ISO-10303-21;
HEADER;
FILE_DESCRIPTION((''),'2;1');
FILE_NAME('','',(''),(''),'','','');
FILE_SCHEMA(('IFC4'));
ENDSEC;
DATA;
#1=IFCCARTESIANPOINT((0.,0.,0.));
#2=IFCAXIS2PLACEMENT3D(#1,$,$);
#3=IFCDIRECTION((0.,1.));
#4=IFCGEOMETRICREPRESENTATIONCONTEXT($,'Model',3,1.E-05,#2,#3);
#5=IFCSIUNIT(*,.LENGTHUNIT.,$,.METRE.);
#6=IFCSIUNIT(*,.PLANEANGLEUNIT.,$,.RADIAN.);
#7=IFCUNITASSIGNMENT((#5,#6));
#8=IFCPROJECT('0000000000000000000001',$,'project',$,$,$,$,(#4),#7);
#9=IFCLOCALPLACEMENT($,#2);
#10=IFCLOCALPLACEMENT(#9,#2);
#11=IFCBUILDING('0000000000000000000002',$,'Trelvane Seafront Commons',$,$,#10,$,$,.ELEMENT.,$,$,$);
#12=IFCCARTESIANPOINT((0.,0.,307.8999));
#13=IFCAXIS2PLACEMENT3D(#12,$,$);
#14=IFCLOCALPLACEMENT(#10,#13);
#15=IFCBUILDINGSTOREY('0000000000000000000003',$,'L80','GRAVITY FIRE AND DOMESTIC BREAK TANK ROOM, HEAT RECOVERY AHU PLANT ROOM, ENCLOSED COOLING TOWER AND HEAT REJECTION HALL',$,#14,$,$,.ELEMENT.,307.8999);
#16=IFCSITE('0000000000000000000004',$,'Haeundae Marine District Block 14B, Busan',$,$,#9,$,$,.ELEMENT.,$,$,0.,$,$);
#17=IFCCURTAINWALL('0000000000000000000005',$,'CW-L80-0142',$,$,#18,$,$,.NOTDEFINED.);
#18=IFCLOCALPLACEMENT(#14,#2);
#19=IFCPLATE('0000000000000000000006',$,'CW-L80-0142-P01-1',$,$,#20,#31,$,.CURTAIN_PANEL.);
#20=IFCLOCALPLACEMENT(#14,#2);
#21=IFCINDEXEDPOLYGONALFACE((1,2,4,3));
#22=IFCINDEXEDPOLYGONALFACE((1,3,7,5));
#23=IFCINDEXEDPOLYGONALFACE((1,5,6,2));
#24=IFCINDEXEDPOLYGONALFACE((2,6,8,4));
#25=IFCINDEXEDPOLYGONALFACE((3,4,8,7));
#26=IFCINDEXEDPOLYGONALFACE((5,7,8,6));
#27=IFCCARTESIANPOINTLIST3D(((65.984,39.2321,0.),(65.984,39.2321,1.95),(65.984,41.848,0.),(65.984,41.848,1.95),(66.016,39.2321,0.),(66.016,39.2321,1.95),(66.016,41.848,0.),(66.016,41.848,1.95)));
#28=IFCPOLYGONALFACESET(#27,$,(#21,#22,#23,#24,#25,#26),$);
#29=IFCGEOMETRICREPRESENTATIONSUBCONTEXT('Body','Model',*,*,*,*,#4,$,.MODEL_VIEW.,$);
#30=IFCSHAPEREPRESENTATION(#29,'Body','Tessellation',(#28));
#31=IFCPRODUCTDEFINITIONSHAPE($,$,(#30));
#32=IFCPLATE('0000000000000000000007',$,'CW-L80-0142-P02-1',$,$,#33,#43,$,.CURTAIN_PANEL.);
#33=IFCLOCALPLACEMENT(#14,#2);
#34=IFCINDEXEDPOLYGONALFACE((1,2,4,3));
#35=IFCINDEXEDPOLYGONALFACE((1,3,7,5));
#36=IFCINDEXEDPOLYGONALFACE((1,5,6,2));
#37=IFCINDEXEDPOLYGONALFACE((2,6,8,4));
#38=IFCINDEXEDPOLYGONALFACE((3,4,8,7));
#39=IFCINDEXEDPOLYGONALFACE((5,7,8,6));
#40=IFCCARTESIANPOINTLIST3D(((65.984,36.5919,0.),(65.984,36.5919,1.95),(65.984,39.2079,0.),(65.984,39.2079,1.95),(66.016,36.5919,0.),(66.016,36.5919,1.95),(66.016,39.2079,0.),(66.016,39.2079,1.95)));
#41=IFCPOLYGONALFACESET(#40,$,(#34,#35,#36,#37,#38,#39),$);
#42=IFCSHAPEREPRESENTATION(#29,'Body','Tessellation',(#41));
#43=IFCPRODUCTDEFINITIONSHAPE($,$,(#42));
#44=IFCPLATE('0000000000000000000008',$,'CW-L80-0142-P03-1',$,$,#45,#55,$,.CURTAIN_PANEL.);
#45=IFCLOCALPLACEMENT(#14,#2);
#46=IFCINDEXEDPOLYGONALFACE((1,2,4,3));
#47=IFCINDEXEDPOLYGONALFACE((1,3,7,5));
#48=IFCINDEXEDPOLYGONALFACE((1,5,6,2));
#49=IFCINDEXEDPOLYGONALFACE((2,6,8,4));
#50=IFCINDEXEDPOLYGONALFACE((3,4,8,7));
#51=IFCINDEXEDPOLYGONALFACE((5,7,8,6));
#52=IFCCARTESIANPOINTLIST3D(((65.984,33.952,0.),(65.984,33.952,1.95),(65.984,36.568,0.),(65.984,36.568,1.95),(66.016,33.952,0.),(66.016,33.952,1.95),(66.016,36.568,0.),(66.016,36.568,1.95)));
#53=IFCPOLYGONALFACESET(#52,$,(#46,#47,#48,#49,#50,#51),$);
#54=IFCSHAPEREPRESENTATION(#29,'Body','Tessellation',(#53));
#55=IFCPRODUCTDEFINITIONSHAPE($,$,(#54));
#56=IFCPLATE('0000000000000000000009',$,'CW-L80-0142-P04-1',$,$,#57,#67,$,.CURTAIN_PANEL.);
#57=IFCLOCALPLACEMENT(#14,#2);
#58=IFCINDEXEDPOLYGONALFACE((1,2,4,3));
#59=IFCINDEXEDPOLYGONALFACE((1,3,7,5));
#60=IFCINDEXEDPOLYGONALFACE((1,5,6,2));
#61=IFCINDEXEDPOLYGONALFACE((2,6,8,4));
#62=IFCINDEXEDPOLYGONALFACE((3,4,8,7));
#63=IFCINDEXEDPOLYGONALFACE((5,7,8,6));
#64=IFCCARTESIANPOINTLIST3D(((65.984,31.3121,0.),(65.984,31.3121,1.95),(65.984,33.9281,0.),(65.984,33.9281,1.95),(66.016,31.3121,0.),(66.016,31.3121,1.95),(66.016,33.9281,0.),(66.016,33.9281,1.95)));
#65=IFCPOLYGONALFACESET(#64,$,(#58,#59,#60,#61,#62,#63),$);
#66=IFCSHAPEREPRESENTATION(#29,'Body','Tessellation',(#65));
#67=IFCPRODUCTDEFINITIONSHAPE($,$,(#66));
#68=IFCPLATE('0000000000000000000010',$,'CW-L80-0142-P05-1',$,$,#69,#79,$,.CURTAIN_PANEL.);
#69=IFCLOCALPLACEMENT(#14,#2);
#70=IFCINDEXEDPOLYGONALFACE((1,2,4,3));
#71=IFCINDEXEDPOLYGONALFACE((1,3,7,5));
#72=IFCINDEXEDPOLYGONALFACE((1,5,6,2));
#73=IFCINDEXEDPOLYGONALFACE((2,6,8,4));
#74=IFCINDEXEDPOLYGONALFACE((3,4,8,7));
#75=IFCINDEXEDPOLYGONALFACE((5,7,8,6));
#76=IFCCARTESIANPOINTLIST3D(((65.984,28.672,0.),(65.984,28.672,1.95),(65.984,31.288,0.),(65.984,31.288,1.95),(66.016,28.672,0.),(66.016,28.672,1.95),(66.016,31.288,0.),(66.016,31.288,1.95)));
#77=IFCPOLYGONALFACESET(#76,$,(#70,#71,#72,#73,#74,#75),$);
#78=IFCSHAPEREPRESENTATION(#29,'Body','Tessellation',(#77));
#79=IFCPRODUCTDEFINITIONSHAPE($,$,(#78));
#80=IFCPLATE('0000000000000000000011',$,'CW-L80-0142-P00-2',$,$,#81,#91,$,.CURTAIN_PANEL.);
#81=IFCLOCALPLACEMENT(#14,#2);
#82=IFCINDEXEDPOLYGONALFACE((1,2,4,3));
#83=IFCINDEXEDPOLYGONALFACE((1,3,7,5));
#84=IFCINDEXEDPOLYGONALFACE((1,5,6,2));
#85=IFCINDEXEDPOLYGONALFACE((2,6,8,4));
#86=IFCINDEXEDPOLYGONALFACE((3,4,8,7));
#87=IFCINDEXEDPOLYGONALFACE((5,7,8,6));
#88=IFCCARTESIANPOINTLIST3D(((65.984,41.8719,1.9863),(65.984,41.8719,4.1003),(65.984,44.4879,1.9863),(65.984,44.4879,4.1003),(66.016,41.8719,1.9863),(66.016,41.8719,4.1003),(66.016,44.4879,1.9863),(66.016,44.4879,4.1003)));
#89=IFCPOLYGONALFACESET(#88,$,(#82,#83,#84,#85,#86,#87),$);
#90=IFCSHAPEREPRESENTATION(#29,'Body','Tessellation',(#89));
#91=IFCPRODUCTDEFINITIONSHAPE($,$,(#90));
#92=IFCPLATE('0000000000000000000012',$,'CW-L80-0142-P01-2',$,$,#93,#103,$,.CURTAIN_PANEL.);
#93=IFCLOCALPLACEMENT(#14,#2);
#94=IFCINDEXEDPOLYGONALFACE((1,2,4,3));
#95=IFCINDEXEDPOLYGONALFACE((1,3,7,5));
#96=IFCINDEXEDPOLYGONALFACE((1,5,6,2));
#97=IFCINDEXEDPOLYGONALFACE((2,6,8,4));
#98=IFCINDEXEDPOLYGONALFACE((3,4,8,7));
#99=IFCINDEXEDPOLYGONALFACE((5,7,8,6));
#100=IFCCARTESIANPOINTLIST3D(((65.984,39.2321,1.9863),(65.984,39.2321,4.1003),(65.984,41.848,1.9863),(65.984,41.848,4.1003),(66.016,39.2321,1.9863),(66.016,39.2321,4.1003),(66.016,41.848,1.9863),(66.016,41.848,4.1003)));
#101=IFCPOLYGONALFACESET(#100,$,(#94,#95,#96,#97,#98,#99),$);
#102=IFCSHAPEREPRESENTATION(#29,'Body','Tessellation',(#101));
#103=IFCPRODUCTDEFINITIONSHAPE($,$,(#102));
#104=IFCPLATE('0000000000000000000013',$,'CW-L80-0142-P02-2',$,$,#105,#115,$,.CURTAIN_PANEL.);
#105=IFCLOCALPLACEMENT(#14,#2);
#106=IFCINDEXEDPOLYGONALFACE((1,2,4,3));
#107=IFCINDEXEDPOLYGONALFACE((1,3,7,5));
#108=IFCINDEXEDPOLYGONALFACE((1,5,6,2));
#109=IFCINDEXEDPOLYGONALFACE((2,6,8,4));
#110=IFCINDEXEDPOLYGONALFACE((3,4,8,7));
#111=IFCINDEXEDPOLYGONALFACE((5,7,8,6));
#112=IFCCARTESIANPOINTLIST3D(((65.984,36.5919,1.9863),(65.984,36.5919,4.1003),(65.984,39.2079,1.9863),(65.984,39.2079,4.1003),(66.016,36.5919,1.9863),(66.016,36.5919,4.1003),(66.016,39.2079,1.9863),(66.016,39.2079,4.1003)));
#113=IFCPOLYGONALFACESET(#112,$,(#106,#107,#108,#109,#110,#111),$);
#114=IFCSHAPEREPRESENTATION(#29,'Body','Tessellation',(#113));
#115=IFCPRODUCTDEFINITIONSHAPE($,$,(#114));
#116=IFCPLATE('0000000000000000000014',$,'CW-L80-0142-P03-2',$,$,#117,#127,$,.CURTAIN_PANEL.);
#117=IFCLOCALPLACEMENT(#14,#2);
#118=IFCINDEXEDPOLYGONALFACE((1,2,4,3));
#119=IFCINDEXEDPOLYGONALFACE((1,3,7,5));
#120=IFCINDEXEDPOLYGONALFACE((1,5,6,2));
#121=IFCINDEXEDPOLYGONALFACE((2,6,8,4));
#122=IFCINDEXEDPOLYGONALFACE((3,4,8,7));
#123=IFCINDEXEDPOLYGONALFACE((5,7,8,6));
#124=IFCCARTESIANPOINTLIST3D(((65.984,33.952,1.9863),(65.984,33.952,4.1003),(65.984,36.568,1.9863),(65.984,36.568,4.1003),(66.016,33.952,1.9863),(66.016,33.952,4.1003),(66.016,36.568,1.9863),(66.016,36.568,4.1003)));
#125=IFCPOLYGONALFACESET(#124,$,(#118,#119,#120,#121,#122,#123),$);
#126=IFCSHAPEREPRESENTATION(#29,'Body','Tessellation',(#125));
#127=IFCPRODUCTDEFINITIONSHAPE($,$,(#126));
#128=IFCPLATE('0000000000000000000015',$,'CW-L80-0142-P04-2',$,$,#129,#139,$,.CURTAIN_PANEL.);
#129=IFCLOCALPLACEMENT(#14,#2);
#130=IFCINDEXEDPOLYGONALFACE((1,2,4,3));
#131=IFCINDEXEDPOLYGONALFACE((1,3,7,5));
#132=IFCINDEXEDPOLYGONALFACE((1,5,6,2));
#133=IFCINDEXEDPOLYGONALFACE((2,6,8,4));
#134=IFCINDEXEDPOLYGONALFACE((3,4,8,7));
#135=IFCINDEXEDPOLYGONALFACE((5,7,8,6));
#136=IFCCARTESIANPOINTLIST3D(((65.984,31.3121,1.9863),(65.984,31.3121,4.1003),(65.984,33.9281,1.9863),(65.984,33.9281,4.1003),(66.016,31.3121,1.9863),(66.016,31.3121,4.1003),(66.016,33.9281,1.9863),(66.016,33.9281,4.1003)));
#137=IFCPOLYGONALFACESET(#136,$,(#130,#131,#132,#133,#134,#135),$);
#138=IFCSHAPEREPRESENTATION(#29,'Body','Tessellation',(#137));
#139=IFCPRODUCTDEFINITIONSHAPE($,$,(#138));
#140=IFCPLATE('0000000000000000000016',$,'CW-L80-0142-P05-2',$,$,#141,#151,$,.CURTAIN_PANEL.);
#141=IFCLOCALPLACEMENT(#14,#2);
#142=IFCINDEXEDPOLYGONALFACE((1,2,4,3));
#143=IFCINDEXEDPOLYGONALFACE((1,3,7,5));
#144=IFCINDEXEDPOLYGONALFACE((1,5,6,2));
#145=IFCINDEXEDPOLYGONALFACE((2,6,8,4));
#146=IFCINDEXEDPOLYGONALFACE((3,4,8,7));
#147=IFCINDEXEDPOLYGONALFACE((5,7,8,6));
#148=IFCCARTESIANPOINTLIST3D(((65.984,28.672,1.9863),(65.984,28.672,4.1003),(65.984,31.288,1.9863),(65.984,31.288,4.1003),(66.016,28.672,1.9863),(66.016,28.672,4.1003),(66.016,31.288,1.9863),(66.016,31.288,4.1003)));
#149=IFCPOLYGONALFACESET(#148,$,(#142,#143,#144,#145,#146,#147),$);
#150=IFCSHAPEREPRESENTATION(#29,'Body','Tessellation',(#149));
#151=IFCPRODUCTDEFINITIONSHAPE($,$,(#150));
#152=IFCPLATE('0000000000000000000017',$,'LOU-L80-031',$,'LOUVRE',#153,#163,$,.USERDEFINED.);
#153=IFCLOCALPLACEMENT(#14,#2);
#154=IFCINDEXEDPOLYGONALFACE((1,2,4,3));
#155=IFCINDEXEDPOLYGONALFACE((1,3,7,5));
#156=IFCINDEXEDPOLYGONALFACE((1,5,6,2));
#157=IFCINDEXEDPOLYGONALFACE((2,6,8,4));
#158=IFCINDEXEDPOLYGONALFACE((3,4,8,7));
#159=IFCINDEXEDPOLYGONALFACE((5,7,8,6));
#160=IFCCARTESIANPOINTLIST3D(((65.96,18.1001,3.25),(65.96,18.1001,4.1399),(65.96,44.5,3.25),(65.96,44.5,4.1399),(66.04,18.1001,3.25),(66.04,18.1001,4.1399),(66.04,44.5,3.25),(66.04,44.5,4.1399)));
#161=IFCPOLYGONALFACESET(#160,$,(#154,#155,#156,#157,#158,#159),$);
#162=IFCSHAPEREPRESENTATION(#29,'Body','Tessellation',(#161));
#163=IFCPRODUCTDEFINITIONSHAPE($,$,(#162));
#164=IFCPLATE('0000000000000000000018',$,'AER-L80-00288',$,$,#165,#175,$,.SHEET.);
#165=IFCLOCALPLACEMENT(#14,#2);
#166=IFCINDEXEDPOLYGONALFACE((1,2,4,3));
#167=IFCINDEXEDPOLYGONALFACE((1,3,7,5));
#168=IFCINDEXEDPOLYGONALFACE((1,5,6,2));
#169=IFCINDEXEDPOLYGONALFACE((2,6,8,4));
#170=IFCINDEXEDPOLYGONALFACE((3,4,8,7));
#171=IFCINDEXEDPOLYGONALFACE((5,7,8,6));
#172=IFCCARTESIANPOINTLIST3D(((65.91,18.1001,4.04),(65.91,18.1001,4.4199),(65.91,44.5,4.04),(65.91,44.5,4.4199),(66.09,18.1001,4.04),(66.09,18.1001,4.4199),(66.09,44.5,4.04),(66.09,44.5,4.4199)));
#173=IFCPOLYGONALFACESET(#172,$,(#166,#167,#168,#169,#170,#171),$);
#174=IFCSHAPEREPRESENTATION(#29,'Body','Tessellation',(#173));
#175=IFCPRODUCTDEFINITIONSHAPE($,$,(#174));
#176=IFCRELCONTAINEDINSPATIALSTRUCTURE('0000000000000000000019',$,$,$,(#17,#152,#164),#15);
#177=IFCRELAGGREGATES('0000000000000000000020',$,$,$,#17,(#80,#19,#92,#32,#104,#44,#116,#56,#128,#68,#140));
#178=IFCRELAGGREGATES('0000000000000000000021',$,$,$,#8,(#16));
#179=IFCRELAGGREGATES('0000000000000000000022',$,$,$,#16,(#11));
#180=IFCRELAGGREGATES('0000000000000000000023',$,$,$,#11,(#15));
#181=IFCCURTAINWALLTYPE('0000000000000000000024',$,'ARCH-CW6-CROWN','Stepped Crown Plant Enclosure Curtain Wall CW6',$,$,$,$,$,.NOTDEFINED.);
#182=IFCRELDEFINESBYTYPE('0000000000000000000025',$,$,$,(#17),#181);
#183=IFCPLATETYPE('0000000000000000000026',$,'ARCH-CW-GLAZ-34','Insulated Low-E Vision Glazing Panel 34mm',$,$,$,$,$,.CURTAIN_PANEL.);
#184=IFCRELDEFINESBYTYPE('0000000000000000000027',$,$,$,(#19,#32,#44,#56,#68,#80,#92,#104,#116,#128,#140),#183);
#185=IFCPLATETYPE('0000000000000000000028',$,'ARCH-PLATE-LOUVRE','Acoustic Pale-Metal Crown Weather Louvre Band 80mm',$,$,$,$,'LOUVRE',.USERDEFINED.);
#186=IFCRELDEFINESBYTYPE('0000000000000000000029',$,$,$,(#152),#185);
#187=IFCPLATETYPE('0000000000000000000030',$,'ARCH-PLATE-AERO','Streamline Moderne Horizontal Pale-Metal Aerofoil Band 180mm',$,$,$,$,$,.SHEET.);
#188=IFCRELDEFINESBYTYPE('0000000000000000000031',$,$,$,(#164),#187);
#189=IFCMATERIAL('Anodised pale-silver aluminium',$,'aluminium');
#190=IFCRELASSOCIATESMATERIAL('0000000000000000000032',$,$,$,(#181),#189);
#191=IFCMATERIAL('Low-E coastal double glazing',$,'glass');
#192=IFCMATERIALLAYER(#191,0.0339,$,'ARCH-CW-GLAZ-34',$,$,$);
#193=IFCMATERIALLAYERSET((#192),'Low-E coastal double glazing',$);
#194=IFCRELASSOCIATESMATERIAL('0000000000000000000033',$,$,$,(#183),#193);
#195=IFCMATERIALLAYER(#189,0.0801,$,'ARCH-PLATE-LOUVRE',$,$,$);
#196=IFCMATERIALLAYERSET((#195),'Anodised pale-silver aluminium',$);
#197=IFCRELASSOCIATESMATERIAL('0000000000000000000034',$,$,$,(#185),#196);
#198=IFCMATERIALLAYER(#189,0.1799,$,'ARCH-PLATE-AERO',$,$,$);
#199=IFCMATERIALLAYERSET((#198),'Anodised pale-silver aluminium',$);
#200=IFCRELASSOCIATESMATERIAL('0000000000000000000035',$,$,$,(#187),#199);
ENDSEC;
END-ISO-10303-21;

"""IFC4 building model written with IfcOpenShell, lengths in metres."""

from ifc_helpers import new_model, si_unit, direction, frame, origin, origin_2d, place, context, subcontext, project, spatial, rectangle, extrude, source, transform, mapped, material, layer, layer_set, type_object, element, aggregate, save


model = new_model("IFC4")

# Units and contexts
model_context = context("Model", 3, precision=1e-05, world=origin(), true_north=direction((0.0, 1.0)))
body_context = subcontext(model_context, "Body", "Model", "MODEL_VIEW")
ifc_project = project(units=[si_unit("LENGTHUNIT", "METRE"), si_unit("PLANEANGLEUNIT", "RADIAN")], contexts=[model_context])

# Site, building, storey
site_placement = place(None, origin())
site = spatial("IfcSite", under=ifc_project, at=site_placement, Name="Haeundae Marine District Block 14B, Busan", CompositionType="ELEMENT", RefElevation=0.0)
building_placement = place(site_placement, origin())
building = spatial("IfcBuilding", under=site, at=building_placement, Name="Trelvane Seafront Commons", CompositionType="ELEMENT")
storey_placement = place(building_placement, frame((0.0, 0.0, 307.8999)))
storey = spatial("IfcBuildingStorey", under=building, at=storey_placement, Name="L80", Description="GRAVITY FIRE AND DOMESTIC BREAK TANK ROOM, HEAT RECOVERY AHU PLANT ROOM, ENCLOSED COOLING TOWER AND HEAT REJECTION HALL", CompositionType="ELEMENT", Elevation=307.8999)

# Curtain wall
ifc_material_1 = material(Name="Anodised pale-silver aluminium", Category="aluminium")
curtain_wall_type = type_object("IfcCurtainWallType", Name="ARCH-CW6-CROWN", Description="Stepped Crown Plant Enclosure Curtain Wall CW6", PredefinedType="NOTDEFINED", material=ifc_material_1)
curtain_wall_placement = place(storey_placement, origin())
curtain_wall = element("IfcCurtainWall", 1, at=curtain_wall_placement, inside=storey, type_object=curtain_wall_type, Name="CW-L80-0142", PredefinedType="NOTDEFINED")

# Plates
ifc_material_2 = material(Name="Low-E coastal double glazing", Category="glass")
ifc_layer_1 = layer(ifc_material_2, 0.0339, Name="ARCH-CW-GLAZ-34")
ifc_layer_set_1 = layer_set([ifc_layer_1], Name="Low-E coastal double glazing")
plate_type_1 = type_object("IfcPlateType", Name="ARCH-CW-GLAZ-34", Description="Insulated Low-E Vision Glazing Panel 34mm", PredefinedType="CURTAIN_PANEL", material=ifc_layer_set_1)
shared_shape_1 = source(origin(), body_context, "Body", "SweptSolid", [
    extrude(rectangle(XDim=2.616, YDim=0.032, at=origin_2d()), origin(), (0.0, 0.0, 1.0), 1.95),
])
plate_1_placement = place(storey_placement, frame((66.0, 40.54, 0.0), z_axis=(0.0, 0.0, 1.0), x_axis=(0.0, -1.0, 0.0)))
plate_1 = element("IfcPlate", 2, at=plate_1_placement, type_object=plate_type_1, Name="CW-L80-0142-P01-1", PredefinedType="CURTAIN_PANEL", context=body_context, shape_type="MappedRepresentation", body=[
    mapped(shared_shape_1, transform((0.0, 0.0, 0.0), x_axis=(1.0, 0.0, 0.0), y_axis=(0.0, 1.0, 0.0), z_axis=(0.0, 0.0, 1.0), scale=1.0)),
])
plate_2_placement = place(storey_placement, frame((66.0, 37.8999, 0.0), z_axis=(0.0, 0.0, 1.0), x_axis=(0.0, -1.0, 0.0)))
plate_2 = element("IfcPlate", 3, at=plate_2_placement, type_object=plate_type_1, Name="CW-L80-0142-P02-1", PredefinedType="CURTAIN_PANEL", context=body_context, shape_type="MappedRepresentation", body=[
    mapped(shared_shape_1, transform((0.0, 0.0, 0.0), x_axis=(1.0, 0.0, 0.0), y_axis=(0.0, 1.0, 0.0), z_axis=(0.0, 0.0, 1.0), scale=1.0)),
])
plate_3_placement = place(storey_placement, frame((66.0, 35.26, 0.0), z_axis=(0.0, 0.0, 1.0), x_axis=(0.0, -1.0, 0.0)))
plate_3 = element("IfcPlate", 4, at=plate_3_placement, type_object=plate_type_1, Name="CW-L80-0142-P03-1", PredefinedType="CURTAIN_PANEL", context=body_context, shape_type="MappedRepresentation", body=[
    mapped(shared_shape_1, transform((0.0, 0.0, 0.0), x_axis=(1.0, 0.0, 0.0), y_axis=(0.0, 1.0, 0.0), z_axis=(0.0, 0.0, 1.0), scale=1.0)),
])
plate_4_placement = place(storey_placement, frame((66.0, 32.6201, 0.0), z_axis=(0.0, 0.0, 1.0), x_axis=(0.0, -1.0, 0.0)))
plate_4 = element("IfcPlate", 5, at=plate_4_placement, type_object=plate_type_1, Name="CW-L80-0142-P04-1", PredefinedType="CURTAIN_PANEL", context=body_context, shape_type="MappedRepresentation", body=[
    mapped(shared_shape_1, transform((0.0, 0.0, 0.0), x_axis=(1.0, 0.0, 0.0), y_axis=(0.0, 1.0, 0.0), z_axis=(0.0, 0.0, 1.0), scale=1.0)),
])
plate_5_placement = place(storey_placement, frame((66.0, 29.98, 0.0), z_axis=(0.0, 0.0, 1.0), x_axis=(0.0, -1.0, 0.0)))
plate_5 = element("IfcPlate", 6, at=plate_5_placement, type_object=plate_type_1, Name="CW-L80-0142-P05-1", PredefinedType="CURTAIN_PANEL", context=body_context, shape_type="MappedRepresentation", body=[
    mapped(shared_shape_1, transform((0.0, 0.0, 0.0), x_axis=(1.0, 0.0, 0.0), y_axis=(0.0, 1.0, 0.0), z_axis=(0.0, 0.0, 1.0), scale=1.0)),
])
shared_shape_2 = source(origin(), body_context, "Body", "SweptSolid", [
    extrude(rectangle(XDim=2.616, YDim=0.032, at=origin_2d()), origin(), (0.0, 0.0, 1.0), 2.114),
])
plate_6_placement = place(storey_placement, frame((66.0, 43.1799, 1.9863), z_axis=(0.0, 0.0, 1.0), x_axis=(0.0, -1.0, 0.0)))
plate_6 = element("IfcPlate", 7, at=plate_6_placement, type_object=plate_type_1, Name="CW-L80-0142-P00-2", PredefinedType="CURTAIN_PANEL", context=body_context, shape_type="MappedRepresentation", body=[
    mapped(shared_shape_2, transform((0.0, 0.0, 0.0), x_axis=(1.0, 0.0, 0.0), y_axis=(0.0, 1.0, 0.0), z_axis=(0.0, 0.0, 1.0), scale=1.0)),
])
plate_7_placement = place(storey_placement, frame((66.0, 40.54, 1.9863), z_axis=(0.0, 0.0, 1.0), x_axis=(0.0, -1.0, 0.0)))
plate_7 = element("IfcPlate", 8, at=plate_7_placement, type_object=plate_type_1, Name="CW-L80-0142-P01-2", PredefinedType="CURTAIN_PANEL", context=body_context, shape_type="MappedRepresentation", body=[
    mapped(shared_shape_2, transform((0.0, 0.0, 0.0), x_axis=(1.0, 0.0, 0.0), y_axis=(0.0, 1.0, 0.0), z_axis=(0.0, 0.0, 1.0), scale=1.0)),
])
plate_8_placement = place(storey_placement, frame((66.0, 37.8999, 1.9863), z_axis=(0.0, 0.0, 1.0), x_axis=(0.0, -1.0, 0.0)))
plate_8 = element("IfcPlate", 9, at=plate_8_placement, type_object=plate_type_1, Name="CW-L80-0142-P02-2", PredefinedType="CURTAIN_PANEL", context=body_context, shape_type="MappedRepresentation", body=[
    mapped(shared_shape_2, transform((0.0, 0.0, 0.0), x_axis=(1.0, 0.0, 0.0), y_axis=(0.0, 1.0, 0.0), z_axis=(0.0, 0.0, 1.0), scale=1.0)),
])
plate_9_placement = place(storey_placement, frame((66.0, 35.26, 1.9863), z_axis=(0.0, 0.0, 1.0), x_axis=(0.0, -1.0, 0.0)))
plate_9 = element("IfcPlate", 10, at=plate_9_placement, type_object=plate_type_1, Name="CW-L80-0142-P03-2", PredefinedType="CURTAIN_PANEL", context=body_context, shape_type="MappedRepresentation", body=[
    mapped(shared_shape_2, transform((0.0, 0.0, 0.0), x_axis=(1.0, 0.0, 0.0), y_axis=(0.0, 1.0, 0.0), z_axis=(0.0, 0.0, 1.0), scale=1.0)),
])
plate_10_placement = place(storey_placement, frame((66.0, 32.6201, 1.9863), z_axis=(0.0, 0.0, 1.0), x_axis=(0.0, -1.0, 0.0)))
plate_10 = element("IfcPlate", 11, at=plate_10_placement, type_object=plate_type_1, Name="CW-L80-0142-P04-2", PredefinedType="CURTAIN_PANEL", context=body_context, shape_type="MappedRepresentation", body=[
    mapped(shared_shape_2, transform((0.0, 0.0, 0.0), x_axis=(1.0, 0.0, 0.0), y_axis=(0.0, 1.0, 0.0), z_axis=(0.0, 0.0, 1.0), scale=1.0)),
])
plate_11_placement = place(storey_placement, frame((66.0, 29.98, 1.9863), z_axis=(0.0, 0.0, 1.0), x_axis=(0.0, -1.0, 0.0)))
plate_11 = element("IfcPlate", 12, at=plate_11_placement, type_object=plate_type_1, Name="CW-L80-0142-P05-2", PredefinedType="CURTAIN_PANEL", context=body_context, shape_type="MappedRepresentation", body=[
    mapped(shared_shape_2, transform((0.0, 0.0, 0.0), x_axis=(1.0, 0.0, 0.0), y_axis=(0.0, 1.0, 0.0), z_axis=(0.0, 0.0, 1.0), scale=1.0)),
])
aggregate(curtain_wall, [plate_6, plate_1, plate_7, plate_2, plate_8, plate_3, plate_9, plate_4, plate_10, plate_5, plate_11])

# Plates
ifc_layer_2 = layer(ifc_material_1, 0.0801, Name="ARCH-PLATE-LOUVRE")
ifc_layer_set_2 = layer_set([ifc_layer_2], Name="Anodised pale-silver aluminium")
plate_type_2 = type_object("IfcPlateType", Name="ARCH-PLATE-LOUVRE", Description="Acoustic Pale-Metal Crown Weather Louvre Band 80mm", ElementType="LOUVRE", PredefinedType="USERDEFINED", material=ifc_layer_set_2)
shared_shape_3 = source(origin(), body_context, "Body", "SweptSolid", [
    extrude(rectangle(XDim=26.3999, YDim=0.0801, at=origin_2d()), origin(), (0.0, 0.0, 1.0), 0.8899),
])
plate_12_placement = place(storey_placement, frame((66.0, 31.3, 3.25), z_axis=(0.0, 0.0, 1.0), x_axis=(0.0, -1.0, 0.0)))
element("IfcPlate", 13, at=plate_12_placement, inside=storey, type_object=plate_type_2, Name="LOU-L80-031", ObjectType="LOUVRE", PredefinedType="USERDEFINED", context=body_context, shape_type="MappedRepresentation", body=[
    mapped(shared_shape_3, transform((0.0, 0.0, 0.0), x_axis=(1.0, 0.0, 0.0), y_axis=(0.0, 1.0, 0.0), z_axis=(0.0, 0.0, 1.0), scale=1.0)),
])
ifc_layer_3 = layer(ifc_material_1, 0.1799, Name="ARCH-PLATE-AERO")
ifc_layer_set_3 = layer_set([ifc_layer_3], Name="Anodised pale-silver aluminium")
plate_type_3 = type_object("IfcPlateType", Name="ARCH-PLATE-AERO", Description="Streamline Moderne Horizontal Pale-Metal Aerofoil Band 180mm", PredefinedType="SHEET", material=ifc_layer_set_3)
shared_shape_4 = source(origin(), body_context, "Body", "SweptSolid", [
    extrude(rectangle(XDim=26.3999, YDim=0.1799, at=origin_2d()), origin(), (0.0, 0.0, 1.0), 0.3799),
])
plate_13_placement = place(storey_placement, frame((66.0, 31.3, 4.04), z_axis=(0.0, 0.0, 1.0), x_axis=(0.0, -1.0, 0.0)))
element("IfcPlate", 14, at=plate_13_placement, inside=storey, type_object=plate_type_3, Name="AER-L80-00288", PredefinedType="SHEET", context=body_context, shape_type="MappedRepresentation", body=[
    mapped(shared_shape_4, transform((0.0, 0.0, 0.0), x_axis=(1.0, 0.0, 0.0), y_axis=(0.0, 1.0, 0.0), z_axis=(0.0, 0.0, 1.0), scale=1.0)),
])

save(model, "model.ifc")
